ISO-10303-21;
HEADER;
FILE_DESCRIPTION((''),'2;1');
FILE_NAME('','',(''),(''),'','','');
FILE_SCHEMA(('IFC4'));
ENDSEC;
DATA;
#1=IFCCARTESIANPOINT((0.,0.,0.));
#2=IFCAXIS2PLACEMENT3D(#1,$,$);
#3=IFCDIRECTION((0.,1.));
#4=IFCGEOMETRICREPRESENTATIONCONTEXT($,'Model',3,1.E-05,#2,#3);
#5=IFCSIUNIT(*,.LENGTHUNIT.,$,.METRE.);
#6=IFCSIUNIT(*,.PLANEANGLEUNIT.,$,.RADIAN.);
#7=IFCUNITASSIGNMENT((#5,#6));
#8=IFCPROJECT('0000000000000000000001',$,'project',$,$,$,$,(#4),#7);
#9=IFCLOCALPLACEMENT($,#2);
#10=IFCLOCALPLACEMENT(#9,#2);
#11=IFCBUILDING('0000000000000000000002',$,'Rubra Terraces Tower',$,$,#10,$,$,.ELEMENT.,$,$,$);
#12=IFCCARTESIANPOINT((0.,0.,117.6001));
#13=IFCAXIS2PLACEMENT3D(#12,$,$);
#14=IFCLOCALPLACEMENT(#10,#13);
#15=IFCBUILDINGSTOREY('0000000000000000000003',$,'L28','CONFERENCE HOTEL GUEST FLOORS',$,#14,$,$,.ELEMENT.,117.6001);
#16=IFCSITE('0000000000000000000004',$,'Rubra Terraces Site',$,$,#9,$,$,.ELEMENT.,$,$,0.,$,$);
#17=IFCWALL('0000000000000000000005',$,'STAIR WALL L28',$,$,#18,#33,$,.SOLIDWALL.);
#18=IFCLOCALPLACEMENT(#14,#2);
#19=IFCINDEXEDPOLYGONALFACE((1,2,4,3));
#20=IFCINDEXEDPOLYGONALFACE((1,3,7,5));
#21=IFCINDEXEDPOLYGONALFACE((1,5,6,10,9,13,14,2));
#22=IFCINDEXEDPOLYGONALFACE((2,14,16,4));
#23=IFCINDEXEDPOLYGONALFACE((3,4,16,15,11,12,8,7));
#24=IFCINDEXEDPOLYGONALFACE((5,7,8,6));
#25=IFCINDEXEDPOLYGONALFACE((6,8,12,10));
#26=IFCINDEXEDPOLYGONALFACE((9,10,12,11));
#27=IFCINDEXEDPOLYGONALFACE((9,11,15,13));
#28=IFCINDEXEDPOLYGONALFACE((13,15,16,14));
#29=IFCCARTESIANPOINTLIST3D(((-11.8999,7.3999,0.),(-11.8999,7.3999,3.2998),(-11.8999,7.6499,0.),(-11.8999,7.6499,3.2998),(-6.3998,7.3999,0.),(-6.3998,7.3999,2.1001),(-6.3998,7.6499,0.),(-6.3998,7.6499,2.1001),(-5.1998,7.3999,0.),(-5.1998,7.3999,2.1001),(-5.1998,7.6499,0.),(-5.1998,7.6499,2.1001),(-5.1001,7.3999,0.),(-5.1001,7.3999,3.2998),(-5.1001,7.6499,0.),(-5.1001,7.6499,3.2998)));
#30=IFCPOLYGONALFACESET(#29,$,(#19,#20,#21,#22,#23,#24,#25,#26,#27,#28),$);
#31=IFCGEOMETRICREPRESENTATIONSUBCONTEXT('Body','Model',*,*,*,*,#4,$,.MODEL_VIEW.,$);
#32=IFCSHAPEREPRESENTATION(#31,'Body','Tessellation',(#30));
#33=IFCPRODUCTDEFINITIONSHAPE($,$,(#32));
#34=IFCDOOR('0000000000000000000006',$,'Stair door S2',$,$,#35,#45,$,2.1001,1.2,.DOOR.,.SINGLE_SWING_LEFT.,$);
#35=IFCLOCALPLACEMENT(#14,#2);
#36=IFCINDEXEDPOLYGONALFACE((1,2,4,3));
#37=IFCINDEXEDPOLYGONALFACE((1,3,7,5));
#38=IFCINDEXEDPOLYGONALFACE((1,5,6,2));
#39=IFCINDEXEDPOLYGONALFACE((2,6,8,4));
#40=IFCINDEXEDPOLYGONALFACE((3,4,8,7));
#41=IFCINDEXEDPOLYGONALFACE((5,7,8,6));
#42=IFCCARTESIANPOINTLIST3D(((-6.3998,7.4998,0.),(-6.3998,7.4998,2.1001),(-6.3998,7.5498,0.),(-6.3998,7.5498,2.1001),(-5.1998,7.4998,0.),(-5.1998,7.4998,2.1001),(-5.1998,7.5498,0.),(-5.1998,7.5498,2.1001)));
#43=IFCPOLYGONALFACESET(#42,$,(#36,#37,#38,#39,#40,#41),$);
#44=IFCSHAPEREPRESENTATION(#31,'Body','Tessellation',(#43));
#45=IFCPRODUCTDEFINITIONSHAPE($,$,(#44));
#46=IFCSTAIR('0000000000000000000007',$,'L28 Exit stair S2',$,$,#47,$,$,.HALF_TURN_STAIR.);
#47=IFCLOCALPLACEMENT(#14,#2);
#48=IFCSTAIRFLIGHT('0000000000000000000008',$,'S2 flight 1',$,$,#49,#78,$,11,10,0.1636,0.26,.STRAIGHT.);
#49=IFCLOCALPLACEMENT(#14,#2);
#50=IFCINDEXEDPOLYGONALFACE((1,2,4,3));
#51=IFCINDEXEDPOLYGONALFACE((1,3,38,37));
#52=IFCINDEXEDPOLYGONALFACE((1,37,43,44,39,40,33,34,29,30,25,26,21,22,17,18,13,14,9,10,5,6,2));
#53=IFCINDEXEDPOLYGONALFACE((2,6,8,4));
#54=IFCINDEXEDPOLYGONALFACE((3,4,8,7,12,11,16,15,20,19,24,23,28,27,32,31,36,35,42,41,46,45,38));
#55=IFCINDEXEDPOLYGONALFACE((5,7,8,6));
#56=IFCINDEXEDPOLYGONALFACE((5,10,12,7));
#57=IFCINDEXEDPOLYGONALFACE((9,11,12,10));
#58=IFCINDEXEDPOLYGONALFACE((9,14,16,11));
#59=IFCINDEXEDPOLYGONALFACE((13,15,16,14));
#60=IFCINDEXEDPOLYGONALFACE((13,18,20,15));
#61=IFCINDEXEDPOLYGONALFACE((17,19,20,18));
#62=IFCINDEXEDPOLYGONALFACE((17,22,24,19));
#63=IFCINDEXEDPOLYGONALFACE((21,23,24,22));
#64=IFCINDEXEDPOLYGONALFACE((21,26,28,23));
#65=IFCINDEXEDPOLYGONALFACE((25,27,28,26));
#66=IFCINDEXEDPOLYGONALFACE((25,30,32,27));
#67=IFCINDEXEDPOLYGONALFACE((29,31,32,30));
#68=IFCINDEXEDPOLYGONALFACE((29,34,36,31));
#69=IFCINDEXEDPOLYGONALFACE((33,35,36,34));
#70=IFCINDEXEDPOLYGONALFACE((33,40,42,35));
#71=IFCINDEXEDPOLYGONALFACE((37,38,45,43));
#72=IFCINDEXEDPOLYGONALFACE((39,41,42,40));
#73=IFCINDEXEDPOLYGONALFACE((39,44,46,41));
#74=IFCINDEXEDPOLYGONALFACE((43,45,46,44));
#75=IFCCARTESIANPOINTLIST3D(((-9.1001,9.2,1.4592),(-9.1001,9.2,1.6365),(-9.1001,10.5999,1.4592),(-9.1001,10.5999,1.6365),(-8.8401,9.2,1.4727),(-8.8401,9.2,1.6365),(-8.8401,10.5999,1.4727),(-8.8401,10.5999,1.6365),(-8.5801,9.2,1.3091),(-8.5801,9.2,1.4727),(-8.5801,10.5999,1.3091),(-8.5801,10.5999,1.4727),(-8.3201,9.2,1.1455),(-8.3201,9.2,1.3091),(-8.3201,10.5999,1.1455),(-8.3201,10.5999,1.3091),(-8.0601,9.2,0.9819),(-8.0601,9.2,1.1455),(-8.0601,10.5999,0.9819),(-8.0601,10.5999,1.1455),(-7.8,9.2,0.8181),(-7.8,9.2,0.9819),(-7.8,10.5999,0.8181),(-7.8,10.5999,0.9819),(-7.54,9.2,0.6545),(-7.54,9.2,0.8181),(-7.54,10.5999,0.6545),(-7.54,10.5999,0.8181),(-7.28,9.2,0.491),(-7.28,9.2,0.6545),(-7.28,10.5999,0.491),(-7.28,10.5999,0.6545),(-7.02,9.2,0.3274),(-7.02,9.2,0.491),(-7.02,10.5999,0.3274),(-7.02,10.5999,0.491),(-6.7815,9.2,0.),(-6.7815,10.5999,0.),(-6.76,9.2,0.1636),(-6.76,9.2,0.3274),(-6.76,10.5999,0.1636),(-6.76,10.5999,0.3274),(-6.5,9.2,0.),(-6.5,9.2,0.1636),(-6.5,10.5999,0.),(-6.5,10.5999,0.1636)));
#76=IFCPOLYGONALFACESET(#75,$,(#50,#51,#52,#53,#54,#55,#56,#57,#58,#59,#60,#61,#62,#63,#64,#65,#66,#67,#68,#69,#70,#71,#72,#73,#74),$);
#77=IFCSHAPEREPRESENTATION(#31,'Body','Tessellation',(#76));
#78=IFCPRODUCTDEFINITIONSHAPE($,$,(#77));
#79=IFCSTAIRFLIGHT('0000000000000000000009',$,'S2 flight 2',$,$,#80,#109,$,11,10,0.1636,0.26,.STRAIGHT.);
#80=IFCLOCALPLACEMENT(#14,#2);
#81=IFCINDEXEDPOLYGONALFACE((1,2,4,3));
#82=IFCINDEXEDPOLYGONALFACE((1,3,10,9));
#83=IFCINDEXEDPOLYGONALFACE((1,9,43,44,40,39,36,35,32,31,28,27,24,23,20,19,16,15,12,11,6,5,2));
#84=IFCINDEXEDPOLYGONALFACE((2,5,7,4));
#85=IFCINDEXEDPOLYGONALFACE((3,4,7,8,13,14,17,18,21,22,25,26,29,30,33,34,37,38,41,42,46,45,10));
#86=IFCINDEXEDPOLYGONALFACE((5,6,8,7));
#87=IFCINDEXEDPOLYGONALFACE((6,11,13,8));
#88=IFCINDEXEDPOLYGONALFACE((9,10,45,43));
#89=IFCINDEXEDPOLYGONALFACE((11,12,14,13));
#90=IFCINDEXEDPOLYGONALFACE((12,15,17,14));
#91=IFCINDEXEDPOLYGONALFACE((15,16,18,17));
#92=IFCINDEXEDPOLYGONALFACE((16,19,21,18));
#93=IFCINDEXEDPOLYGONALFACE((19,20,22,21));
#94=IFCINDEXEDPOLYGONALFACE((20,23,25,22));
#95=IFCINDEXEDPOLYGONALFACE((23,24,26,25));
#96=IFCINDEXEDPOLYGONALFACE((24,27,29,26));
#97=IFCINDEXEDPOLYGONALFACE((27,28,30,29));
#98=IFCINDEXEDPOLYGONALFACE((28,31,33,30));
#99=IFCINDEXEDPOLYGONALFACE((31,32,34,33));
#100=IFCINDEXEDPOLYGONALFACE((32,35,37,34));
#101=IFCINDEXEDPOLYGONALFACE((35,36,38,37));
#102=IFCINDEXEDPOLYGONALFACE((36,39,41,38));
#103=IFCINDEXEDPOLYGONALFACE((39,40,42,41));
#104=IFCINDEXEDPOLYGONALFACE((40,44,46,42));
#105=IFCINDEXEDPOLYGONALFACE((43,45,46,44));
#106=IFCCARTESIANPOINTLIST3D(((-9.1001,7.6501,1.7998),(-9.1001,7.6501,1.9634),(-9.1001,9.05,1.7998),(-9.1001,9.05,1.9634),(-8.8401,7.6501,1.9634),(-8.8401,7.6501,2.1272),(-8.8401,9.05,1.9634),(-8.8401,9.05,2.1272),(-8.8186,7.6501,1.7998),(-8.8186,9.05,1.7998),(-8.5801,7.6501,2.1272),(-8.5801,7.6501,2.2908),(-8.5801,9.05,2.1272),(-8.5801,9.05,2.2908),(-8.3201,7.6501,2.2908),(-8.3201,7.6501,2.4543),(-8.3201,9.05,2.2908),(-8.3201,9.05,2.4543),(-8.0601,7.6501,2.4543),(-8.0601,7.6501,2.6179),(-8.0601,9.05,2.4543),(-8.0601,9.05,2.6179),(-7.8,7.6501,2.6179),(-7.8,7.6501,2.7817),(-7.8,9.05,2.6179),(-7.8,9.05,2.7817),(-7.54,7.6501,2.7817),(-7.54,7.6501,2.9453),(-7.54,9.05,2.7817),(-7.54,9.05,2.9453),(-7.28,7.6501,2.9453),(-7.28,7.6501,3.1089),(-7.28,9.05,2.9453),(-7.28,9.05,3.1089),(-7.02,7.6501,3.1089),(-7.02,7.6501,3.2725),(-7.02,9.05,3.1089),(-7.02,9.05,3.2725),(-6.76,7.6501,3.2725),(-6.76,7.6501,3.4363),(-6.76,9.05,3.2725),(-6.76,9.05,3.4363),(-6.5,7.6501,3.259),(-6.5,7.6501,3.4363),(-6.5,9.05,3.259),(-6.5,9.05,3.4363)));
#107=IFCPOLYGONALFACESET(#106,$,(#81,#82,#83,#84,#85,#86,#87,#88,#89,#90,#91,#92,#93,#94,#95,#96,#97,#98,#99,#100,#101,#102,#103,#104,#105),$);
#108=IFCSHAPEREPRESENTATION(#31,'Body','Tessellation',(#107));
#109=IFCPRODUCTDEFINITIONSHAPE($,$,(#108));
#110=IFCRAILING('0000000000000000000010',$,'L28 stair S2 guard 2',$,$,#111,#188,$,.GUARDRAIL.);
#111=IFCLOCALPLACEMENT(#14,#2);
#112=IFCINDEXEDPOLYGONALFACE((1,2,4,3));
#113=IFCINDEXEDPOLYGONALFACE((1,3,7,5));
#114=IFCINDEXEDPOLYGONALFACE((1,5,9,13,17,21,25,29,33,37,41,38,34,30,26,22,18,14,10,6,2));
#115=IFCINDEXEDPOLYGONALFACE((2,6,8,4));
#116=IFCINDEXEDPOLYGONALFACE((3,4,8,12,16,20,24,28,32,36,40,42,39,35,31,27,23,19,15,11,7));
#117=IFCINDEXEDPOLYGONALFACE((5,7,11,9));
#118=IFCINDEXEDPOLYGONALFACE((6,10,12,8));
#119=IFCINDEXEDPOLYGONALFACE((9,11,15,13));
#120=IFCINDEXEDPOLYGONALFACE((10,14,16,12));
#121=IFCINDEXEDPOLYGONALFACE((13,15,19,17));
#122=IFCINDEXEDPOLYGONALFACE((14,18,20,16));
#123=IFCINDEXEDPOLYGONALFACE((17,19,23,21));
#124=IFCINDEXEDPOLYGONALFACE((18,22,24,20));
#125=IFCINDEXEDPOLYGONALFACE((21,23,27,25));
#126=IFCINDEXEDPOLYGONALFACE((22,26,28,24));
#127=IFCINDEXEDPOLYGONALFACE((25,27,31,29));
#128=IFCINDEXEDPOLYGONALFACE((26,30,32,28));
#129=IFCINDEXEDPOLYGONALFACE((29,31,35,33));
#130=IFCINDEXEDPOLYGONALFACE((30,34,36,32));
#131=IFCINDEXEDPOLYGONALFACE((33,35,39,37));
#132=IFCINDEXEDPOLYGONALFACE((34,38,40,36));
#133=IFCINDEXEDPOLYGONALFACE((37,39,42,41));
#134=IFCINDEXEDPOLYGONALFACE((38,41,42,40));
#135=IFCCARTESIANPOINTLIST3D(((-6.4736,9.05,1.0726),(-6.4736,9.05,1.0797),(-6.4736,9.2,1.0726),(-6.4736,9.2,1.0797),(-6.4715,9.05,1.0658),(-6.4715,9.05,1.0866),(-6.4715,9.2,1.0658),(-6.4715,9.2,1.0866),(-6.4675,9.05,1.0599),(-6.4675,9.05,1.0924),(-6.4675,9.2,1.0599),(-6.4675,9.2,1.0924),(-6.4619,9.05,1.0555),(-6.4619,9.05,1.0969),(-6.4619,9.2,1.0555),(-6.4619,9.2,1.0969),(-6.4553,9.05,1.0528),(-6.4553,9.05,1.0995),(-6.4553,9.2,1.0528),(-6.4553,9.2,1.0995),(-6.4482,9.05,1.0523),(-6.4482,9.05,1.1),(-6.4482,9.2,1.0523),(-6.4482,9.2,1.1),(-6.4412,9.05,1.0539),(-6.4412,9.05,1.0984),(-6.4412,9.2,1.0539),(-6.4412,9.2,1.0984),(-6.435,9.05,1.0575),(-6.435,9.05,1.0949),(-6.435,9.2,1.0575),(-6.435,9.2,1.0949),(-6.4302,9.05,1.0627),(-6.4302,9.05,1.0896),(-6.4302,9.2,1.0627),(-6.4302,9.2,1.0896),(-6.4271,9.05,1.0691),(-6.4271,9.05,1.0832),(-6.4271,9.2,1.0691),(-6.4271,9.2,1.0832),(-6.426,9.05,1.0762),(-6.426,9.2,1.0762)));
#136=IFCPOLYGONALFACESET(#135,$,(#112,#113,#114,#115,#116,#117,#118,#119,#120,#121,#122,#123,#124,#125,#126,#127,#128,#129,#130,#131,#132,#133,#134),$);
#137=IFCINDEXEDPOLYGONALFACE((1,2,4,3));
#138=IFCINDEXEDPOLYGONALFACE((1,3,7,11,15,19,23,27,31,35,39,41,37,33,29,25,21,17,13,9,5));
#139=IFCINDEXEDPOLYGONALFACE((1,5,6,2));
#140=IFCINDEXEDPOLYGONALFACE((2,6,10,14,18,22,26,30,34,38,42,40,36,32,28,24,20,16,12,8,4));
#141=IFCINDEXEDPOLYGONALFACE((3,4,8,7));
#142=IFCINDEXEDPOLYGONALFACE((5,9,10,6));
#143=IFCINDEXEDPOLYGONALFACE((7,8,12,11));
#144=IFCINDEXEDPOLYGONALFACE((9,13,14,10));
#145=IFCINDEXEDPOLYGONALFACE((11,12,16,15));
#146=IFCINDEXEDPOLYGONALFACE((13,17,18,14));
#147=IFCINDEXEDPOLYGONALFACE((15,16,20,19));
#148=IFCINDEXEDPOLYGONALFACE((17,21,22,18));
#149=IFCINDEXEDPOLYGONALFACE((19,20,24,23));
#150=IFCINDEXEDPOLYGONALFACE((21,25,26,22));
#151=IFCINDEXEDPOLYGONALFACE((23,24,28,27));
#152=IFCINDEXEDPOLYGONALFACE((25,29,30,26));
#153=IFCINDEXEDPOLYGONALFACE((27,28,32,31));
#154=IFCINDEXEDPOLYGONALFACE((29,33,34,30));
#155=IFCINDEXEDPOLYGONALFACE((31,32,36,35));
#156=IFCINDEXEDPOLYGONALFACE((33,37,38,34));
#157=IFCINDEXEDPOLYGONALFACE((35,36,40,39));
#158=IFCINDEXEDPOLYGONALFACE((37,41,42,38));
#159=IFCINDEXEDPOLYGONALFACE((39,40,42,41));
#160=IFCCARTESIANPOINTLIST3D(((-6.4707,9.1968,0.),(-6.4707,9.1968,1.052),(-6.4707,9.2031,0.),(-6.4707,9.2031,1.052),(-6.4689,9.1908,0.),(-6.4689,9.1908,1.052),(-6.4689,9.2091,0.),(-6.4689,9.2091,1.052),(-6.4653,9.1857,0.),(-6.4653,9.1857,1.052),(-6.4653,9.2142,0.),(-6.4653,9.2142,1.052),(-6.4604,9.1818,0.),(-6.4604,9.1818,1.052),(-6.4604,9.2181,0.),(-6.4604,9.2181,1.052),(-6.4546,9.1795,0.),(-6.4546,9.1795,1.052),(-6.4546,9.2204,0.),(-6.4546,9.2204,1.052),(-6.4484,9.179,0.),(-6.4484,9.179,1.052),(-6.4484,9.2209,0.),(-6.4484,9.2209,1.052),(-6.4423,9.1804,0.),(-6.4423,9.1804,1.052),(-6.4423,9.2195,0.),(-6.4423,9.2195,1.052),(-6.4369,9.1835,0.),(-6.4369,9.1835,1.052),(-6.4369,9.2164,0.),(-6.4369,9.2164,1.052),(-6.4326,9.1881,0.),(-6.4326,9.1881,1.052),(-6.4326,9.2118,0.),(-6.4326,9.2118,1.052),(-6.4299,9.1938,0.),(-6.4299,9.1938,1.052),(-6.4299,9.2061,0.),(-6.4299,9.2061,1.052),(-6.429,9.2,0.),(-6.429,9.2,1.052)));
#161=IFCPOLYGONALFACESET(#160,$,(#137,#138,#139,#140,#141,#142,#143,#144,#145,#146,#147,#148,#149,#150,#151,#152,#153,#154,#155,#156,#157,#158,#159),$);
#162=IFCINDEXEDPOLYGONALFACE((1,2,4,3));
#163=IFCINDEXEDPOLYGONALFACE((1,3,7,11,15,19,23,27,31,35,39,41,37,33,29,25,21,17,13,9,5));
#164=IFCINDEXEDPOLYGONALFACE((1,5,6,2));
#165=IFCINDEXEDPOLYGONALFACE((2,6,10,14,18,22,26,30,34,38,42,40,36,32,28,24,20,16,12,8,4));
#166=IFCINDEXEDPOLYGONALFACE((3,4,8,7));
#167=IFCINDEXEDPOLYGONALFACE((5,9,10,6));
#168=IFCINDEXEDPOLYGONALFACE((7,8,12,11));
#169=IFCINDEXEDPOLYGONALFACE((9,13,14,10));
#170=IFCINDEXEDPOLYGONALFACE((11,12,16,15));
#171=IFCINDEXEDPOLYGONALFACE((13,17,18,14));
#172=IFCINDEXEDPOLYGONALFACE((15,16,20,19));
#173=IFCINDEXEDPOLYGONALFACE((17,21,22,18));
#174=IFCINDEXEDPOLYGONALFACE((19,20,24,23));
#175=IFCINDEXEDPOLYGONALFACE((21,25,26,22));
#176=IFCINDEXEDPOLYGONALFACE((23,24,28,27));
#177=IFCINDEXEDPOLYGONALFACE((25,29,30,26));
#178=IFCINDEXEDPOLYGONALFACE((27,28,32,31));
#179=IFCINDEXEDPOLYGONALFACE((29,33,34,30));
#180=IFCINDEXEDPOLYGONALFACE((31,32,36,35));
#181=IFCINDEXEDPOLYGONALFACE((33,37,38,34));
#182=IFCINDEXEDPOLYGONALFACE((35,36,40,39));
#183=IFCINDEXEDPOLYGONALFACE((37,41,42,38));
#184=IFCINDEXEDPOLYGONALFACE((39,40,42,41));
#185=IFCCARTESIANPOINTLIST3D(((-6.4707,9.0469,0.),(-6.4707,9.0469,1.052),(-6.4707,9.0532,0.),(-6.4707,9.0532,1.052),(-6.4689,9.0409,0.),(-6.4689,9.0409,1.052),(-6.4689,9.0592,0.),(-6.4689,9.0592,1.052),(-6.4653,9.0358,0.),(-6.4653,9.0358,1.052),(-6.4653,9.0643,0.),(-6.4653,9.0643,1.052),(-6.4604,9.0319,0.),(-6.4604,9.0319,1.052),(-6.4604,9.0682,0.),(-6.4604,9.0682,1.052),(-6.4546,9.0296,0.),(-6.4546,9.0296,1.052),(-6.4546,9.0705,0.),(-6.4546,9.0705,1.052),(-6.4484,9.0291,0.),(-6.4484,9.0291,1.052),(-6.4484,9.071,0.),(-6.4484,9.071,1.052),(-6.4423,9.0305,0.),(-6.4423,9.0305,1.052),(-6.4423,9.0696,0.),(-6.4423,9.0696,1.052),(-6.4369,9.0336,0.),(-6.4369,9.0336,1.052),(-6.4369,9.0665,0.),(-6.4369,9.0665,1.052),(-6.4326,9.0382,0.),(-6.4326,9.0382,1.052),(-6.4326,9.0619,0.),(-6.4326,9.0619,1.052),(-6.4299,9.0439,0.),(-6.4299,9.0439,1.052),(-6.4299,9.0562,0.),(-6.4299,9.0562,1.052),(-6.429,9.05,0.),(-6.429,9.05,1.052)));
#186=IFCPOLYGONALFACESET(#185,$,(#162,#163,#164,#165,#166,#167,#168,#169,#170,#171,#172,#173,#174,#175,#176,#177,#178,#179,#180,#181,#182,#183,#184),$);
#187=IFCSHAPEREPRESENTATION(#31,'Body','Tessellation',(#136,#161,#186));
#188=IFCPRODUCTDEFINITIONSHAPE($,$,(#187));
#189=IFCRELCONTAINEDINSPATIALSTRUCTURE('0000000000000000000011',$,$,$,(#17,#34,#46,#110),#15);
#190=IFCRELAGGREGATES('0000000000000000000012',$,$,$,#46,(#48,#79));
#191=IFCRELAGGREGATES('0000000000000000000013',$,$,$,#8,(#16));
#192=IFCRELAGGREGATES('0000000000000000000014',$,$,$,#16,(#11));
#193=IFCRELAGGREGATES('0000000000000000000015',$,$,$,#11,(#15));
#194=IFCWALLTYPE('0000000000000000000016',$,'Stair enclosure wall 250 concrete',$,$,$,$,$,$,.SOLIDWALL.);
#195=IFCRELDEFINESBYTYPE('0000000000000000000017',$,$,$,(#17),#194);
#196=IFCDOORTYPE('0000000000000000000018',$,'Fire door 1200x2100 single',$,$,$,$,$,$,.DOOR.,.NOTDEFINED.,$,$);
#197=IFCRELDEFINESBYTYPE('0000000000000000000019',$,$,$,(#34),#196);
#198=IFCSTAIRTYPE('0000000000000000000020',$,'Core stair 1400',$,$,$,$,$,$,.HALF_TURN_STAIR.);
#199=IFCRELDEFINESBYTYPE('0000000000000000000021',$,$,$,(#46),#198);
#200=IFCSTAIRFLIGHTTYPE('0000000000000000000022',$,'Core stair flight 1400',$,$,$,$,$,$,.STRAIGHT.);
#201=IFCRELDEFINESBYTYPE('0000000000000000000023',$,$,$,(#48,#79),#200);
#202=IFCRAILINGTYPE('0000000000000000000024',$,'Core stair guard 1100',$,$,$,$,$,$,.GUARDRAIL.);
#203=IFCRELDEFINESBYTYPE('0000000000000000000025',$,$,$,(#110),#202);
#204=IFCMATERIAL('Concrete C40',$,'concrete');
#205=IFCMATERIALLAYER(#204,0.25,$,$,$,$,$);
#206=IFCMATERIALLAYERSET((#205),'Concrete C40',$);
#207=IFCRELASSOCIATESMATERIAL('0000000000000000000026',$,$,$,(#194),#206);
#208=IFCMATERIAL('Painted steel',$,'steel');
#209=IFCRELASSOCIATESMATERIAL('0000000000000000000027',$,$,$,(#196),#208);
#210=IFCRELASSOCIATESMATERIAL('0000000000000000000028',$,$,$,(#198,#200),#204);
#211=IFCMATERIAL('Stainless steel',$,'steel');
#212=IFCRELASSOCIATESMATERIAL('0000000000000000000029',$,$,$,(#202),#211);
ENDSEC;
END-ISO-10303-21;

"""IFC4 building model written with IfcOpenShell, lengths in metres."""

from ifc_helpers import new_model, si_unit, direction, frame, frame_2d, origin, origin_2d, place, context, subcontext, project, spatial, polyline, rectangle, circle, outline, extrude, material, layer, layer_set, type_object, element, fill, aggregate, save


model = new_model("IFC4")

# Units and contexts
model_context = context("Model", 3, precision=1e-05, world=origin(), true_north=direction((0.0, 1.0)))
body_context = subcontext(model_context, "Body", "Model", "MODEL_VIEW")
ifc_project = project(units=[si_unit("LENGTHUNIT", "METRE"), si_unit("PLANEANGLEUNIT", "RADIAN")], contexts=[model_context])

# Site, building, storey
site_placement = place(None, origin())
site = spatial("IfcSite", under=ifc_project, at=site_placement, Name="Rubra Terraces Site", CompositionType="ELEMENT", RefElevation=0.0)
building_placement = place(site_placement, origin())
building = spatial("IfcBuilding", under=site, at=building_placement, Name="Rubra Terraces Tower", CompositionType="ELEMENT")
storey_placement = place(building_placement, frame((0.0, 0.0, 117.6001)))
storey = spatial("IfcBuildingStorey", under=building, at=storey_placement, Name="L28", Description="CONFERENCE HOTEL GUEST FLOORS", CompositionType="ELEMENT", Elevation=117.6001)

# Shared definitions
ifc_material_1 = material(Name="Painted steel", Category="steel")

# Shared definitions
ifc_material_2 = material(Name="Concrete C40", Category="concrete")

# Wall, opening, door
ifc_layer_1 = layer(ifc_material_2, 0.25)
ifc_layer_set_1 = layer_set([ifc_layer_1], Name="Concrete C40")
wall_type_1 = type_object("IfcWallType", Name="Stair enclosure wall 250 concrete", PredefinedType="SOLIDWALL", material=ifc_layer_set_1)
wall_1_placement = place(storey_placement, frame((-11.8999, 7.5249, 0.0), z_axis=(0.0, 0.0, 1.0), x_axis=(1.0, 0.0, 0.0)))
wall_1 = element("IfcWall", 1, at=wall_1_placement, inside=storey, type_object=wall_type_1, Name="STAIR WALL L28", PredefinedType="SOLIDWALL", context=body_context, shape_type="SweptSolid", body=[
    extrude(rectangle(XDim=6.7998, YDim=0.25, at=frame_2d((3.3999, 0.0))), origin(), (0.0, 0.0, 1.0), 3.2998),
])
opening_1_placement = place(wall_1_placement, frame((5.5, 0.0, 0.0)))
opening_1 = element("IfcOpeningElement", 2, at=opening_1_placement, cuts=wall_1, PredefinedType="OPENING", context=body_context, shape_type="SweptSolid", body=[
    extrude(rectangle(XDim=1.2, YDim=2.1001, at=frame_2d((0.6001, 1.05))), frame((0.0, 0.135, 0.0), z_axis=(0.0, -1.0, 0.0), x_axis=(1.0, 0.0, 0.0)), (0.0, 0.0, 1.0), 0.27),
])
door_type_1 = type_object("IfcDoorType", Name="Fire door 1200x2100 single", OperationType="NOTDEFINED", PredefinedType="DOOR", material=ifc_material_1)
door_1_placement = place(opening_1_placement, origin())
door_1 = element("IfcDoor", 3, at=door_1_placement, inside=storey, type_object=door_type_1, Name="Stair door S2", OperationType="SINGLE_SWING_LEFT", OverallHeight=2.1001, OverallWidth=1.2, PredefinedType="DOOR", context=body_context, shape_type="SweptSolid", body=[
    extrude(rectangle(XDim=1.2, YDim=2.1001, at=frame_2d((0.6001, 1.05))), frame((0.0, 0.0249, 0.0), z_axis=(0.0, -1.0, 0.0), x_axis=(1.0, 0.0, 0.0)), (0.0, 0.0, 1.0), 0.05),
])
fill(opening_1, door_1)

# Stair, stair flights
stair_type = type_object("IfcStairType", Name="Core stair 1400", PredefinedType="HALF_TURN_STAIR", material=ifc_material_2)
stair_placement = place(storey_placement, origin())
stair = element("IfcStair", 4, at=stair_placement, inside=storey, type_object=stair_type, Name="L28 Exit stair S2", PredefinedType="HALF_TURN_STAIR")
stair_flight_type = type_object("IfcStairFlightType", Name="Core stair flight 1400", PredefinedType="STRAIGHT", material=ifc_material_2)
stair_flight_1_placement = place(storey_placement, frame((-6.5, 9.8999, 0.0), z_axis=(0.0, 0.0, 1.0), x_axis=(-1.0, 0.0, 0.0)))
stair_flight_1 = element("IfcStairFlight", 5, at=stair_flight_1_placement, type_object=stair_flight_type, Name="S2 flight 1", NumberOfRisers=11, NumberOfTreads=10, PredefinedType="STRAIGHT", RiserHeight=0.1636, TreadLength=0.26, context=body_context, shape_type="SweptSolid", body=[
    extrude(outline(polyline([(0.0, 0.0), (0.0, 0.1636), (0.26, 0.1636), (0.26, 0.3274), (0.52, 0.3274), (0.52, 0.491), (0.78, 0.491), (0.78, 0.6545), (1.04, 0.6545), (1.04, 0.8181), (1.3, 0.8181), (1.3, 0.9819), (1.5601, 0.9819), (1.5601, 1.1455), (1.8201, 1.1455), (1.8201, 1.3091), (2.0801, 1.3091), (2.0801, 1.4727), (2.3401, 1.4727), (2.3401, 1.6365), (2.6001, 1.6365), (2.6001, 1.8), (2.6001, 1.4592), (0.2815, 0.0), (0.0, 0.0)])), frame((0.0, 0.7, 0.0), z_axis=(0.0, -1.0, 0.0), x_axis=(1.0, 0.0, 0.0)), (0.0, 0.0, 1.0), 1.3999),
])
stair_flight_2_placement = place(storey_placement, frame((-9.1001, 8.3501, 1.7998), z_axis=(0.0, 0.0, 1.0), x_axis=(1.0, 0.0, 0.0)))
stair_flight_2 = element("IfcStairFlight", 6, at=stair_flight_2_placement, type_object=stair_flight_type, Name="S2 flight 2", NumberOfRisers=11, NumberOfTreads=10, PredefinedType="STRAIGHT", RiserHeight=0.1636, TreadLength=0.26, context=body_context, shape_type="SweptSolid", body=[
    extrude(outline(polyline([(0.0, 0.0), (0.0, 0.1636), (0.26, 0.1636), (0.26, 0.3274), (0.52, 0.3274), (0.52, 0.491), (0.78, 0.491), (0.78, 0.6545), (1.04, 0.6545), (1.04, 0.8181), (1.3, 0.8181), (1.3, 0.9819), (1.5601, 0.9819), (1.5601, 1.1455), (1.8201, 1.1455), (1.8201, 1.3091), (2.0801, 1.3091), (2.0801, 1.4727), (2.3401, 1.4727), (2.3401, 1.6365), (2.6001, 1.6365), (2.6001, 1.8), (2.6001, 1.4592), (0.2815, 0.0), (0.0, 0.0)])), frame((0.0, 0.7, 0.0), z_axis=(0.0, -1.0, 0.0), x_axis=(1.0, 0.0, 0.0)), (0.0, 0.0, 1.0), 1.3999),
])
aggregate(stair, [stair_flight_1, stair_flight_2])

# Railing
ifc_material_3 = material(Name="Stainless steel", Category="steel")
railing_type_1 = type_object("IfcRailingType", Name="Core stair guard 1100", PredefinedType="GUARDRAIL", material=ifc_material_3)
railing_1_placement = place(storey_placement, frame((-6.45, 9.2, 0.0)))
element("IfcRailing", 7, at=railing_1_placement, inside=storey, type_object=railing_type_1, Name="L28 stair S2 guard 2", PredefinedType="GUARDRAIL", context=body_context, shape_type="SweptSolid", body=[
    extrude(circle(Radius=0.0239, at=origin_2d()), frame((0.0, 0.0, 1.0762), z_axis=(0.0, -1.0, 0.0), x_axis=(1.0, 0.0, 0.0)), (0.0, 0.0, 1.0), 0.1499),
    extrude(circle(Radius=0.021, at=origin_2d()), origin(), (0.0, 0.0, 1.0), 1.052),
    extrude(circle(Radius=0.021, at=origin_2d()), frame((0.0, -0.1499, 0.0)), (0.0, 0.0, 1.0), 1.052),
])

save(model, "model.ifc")
